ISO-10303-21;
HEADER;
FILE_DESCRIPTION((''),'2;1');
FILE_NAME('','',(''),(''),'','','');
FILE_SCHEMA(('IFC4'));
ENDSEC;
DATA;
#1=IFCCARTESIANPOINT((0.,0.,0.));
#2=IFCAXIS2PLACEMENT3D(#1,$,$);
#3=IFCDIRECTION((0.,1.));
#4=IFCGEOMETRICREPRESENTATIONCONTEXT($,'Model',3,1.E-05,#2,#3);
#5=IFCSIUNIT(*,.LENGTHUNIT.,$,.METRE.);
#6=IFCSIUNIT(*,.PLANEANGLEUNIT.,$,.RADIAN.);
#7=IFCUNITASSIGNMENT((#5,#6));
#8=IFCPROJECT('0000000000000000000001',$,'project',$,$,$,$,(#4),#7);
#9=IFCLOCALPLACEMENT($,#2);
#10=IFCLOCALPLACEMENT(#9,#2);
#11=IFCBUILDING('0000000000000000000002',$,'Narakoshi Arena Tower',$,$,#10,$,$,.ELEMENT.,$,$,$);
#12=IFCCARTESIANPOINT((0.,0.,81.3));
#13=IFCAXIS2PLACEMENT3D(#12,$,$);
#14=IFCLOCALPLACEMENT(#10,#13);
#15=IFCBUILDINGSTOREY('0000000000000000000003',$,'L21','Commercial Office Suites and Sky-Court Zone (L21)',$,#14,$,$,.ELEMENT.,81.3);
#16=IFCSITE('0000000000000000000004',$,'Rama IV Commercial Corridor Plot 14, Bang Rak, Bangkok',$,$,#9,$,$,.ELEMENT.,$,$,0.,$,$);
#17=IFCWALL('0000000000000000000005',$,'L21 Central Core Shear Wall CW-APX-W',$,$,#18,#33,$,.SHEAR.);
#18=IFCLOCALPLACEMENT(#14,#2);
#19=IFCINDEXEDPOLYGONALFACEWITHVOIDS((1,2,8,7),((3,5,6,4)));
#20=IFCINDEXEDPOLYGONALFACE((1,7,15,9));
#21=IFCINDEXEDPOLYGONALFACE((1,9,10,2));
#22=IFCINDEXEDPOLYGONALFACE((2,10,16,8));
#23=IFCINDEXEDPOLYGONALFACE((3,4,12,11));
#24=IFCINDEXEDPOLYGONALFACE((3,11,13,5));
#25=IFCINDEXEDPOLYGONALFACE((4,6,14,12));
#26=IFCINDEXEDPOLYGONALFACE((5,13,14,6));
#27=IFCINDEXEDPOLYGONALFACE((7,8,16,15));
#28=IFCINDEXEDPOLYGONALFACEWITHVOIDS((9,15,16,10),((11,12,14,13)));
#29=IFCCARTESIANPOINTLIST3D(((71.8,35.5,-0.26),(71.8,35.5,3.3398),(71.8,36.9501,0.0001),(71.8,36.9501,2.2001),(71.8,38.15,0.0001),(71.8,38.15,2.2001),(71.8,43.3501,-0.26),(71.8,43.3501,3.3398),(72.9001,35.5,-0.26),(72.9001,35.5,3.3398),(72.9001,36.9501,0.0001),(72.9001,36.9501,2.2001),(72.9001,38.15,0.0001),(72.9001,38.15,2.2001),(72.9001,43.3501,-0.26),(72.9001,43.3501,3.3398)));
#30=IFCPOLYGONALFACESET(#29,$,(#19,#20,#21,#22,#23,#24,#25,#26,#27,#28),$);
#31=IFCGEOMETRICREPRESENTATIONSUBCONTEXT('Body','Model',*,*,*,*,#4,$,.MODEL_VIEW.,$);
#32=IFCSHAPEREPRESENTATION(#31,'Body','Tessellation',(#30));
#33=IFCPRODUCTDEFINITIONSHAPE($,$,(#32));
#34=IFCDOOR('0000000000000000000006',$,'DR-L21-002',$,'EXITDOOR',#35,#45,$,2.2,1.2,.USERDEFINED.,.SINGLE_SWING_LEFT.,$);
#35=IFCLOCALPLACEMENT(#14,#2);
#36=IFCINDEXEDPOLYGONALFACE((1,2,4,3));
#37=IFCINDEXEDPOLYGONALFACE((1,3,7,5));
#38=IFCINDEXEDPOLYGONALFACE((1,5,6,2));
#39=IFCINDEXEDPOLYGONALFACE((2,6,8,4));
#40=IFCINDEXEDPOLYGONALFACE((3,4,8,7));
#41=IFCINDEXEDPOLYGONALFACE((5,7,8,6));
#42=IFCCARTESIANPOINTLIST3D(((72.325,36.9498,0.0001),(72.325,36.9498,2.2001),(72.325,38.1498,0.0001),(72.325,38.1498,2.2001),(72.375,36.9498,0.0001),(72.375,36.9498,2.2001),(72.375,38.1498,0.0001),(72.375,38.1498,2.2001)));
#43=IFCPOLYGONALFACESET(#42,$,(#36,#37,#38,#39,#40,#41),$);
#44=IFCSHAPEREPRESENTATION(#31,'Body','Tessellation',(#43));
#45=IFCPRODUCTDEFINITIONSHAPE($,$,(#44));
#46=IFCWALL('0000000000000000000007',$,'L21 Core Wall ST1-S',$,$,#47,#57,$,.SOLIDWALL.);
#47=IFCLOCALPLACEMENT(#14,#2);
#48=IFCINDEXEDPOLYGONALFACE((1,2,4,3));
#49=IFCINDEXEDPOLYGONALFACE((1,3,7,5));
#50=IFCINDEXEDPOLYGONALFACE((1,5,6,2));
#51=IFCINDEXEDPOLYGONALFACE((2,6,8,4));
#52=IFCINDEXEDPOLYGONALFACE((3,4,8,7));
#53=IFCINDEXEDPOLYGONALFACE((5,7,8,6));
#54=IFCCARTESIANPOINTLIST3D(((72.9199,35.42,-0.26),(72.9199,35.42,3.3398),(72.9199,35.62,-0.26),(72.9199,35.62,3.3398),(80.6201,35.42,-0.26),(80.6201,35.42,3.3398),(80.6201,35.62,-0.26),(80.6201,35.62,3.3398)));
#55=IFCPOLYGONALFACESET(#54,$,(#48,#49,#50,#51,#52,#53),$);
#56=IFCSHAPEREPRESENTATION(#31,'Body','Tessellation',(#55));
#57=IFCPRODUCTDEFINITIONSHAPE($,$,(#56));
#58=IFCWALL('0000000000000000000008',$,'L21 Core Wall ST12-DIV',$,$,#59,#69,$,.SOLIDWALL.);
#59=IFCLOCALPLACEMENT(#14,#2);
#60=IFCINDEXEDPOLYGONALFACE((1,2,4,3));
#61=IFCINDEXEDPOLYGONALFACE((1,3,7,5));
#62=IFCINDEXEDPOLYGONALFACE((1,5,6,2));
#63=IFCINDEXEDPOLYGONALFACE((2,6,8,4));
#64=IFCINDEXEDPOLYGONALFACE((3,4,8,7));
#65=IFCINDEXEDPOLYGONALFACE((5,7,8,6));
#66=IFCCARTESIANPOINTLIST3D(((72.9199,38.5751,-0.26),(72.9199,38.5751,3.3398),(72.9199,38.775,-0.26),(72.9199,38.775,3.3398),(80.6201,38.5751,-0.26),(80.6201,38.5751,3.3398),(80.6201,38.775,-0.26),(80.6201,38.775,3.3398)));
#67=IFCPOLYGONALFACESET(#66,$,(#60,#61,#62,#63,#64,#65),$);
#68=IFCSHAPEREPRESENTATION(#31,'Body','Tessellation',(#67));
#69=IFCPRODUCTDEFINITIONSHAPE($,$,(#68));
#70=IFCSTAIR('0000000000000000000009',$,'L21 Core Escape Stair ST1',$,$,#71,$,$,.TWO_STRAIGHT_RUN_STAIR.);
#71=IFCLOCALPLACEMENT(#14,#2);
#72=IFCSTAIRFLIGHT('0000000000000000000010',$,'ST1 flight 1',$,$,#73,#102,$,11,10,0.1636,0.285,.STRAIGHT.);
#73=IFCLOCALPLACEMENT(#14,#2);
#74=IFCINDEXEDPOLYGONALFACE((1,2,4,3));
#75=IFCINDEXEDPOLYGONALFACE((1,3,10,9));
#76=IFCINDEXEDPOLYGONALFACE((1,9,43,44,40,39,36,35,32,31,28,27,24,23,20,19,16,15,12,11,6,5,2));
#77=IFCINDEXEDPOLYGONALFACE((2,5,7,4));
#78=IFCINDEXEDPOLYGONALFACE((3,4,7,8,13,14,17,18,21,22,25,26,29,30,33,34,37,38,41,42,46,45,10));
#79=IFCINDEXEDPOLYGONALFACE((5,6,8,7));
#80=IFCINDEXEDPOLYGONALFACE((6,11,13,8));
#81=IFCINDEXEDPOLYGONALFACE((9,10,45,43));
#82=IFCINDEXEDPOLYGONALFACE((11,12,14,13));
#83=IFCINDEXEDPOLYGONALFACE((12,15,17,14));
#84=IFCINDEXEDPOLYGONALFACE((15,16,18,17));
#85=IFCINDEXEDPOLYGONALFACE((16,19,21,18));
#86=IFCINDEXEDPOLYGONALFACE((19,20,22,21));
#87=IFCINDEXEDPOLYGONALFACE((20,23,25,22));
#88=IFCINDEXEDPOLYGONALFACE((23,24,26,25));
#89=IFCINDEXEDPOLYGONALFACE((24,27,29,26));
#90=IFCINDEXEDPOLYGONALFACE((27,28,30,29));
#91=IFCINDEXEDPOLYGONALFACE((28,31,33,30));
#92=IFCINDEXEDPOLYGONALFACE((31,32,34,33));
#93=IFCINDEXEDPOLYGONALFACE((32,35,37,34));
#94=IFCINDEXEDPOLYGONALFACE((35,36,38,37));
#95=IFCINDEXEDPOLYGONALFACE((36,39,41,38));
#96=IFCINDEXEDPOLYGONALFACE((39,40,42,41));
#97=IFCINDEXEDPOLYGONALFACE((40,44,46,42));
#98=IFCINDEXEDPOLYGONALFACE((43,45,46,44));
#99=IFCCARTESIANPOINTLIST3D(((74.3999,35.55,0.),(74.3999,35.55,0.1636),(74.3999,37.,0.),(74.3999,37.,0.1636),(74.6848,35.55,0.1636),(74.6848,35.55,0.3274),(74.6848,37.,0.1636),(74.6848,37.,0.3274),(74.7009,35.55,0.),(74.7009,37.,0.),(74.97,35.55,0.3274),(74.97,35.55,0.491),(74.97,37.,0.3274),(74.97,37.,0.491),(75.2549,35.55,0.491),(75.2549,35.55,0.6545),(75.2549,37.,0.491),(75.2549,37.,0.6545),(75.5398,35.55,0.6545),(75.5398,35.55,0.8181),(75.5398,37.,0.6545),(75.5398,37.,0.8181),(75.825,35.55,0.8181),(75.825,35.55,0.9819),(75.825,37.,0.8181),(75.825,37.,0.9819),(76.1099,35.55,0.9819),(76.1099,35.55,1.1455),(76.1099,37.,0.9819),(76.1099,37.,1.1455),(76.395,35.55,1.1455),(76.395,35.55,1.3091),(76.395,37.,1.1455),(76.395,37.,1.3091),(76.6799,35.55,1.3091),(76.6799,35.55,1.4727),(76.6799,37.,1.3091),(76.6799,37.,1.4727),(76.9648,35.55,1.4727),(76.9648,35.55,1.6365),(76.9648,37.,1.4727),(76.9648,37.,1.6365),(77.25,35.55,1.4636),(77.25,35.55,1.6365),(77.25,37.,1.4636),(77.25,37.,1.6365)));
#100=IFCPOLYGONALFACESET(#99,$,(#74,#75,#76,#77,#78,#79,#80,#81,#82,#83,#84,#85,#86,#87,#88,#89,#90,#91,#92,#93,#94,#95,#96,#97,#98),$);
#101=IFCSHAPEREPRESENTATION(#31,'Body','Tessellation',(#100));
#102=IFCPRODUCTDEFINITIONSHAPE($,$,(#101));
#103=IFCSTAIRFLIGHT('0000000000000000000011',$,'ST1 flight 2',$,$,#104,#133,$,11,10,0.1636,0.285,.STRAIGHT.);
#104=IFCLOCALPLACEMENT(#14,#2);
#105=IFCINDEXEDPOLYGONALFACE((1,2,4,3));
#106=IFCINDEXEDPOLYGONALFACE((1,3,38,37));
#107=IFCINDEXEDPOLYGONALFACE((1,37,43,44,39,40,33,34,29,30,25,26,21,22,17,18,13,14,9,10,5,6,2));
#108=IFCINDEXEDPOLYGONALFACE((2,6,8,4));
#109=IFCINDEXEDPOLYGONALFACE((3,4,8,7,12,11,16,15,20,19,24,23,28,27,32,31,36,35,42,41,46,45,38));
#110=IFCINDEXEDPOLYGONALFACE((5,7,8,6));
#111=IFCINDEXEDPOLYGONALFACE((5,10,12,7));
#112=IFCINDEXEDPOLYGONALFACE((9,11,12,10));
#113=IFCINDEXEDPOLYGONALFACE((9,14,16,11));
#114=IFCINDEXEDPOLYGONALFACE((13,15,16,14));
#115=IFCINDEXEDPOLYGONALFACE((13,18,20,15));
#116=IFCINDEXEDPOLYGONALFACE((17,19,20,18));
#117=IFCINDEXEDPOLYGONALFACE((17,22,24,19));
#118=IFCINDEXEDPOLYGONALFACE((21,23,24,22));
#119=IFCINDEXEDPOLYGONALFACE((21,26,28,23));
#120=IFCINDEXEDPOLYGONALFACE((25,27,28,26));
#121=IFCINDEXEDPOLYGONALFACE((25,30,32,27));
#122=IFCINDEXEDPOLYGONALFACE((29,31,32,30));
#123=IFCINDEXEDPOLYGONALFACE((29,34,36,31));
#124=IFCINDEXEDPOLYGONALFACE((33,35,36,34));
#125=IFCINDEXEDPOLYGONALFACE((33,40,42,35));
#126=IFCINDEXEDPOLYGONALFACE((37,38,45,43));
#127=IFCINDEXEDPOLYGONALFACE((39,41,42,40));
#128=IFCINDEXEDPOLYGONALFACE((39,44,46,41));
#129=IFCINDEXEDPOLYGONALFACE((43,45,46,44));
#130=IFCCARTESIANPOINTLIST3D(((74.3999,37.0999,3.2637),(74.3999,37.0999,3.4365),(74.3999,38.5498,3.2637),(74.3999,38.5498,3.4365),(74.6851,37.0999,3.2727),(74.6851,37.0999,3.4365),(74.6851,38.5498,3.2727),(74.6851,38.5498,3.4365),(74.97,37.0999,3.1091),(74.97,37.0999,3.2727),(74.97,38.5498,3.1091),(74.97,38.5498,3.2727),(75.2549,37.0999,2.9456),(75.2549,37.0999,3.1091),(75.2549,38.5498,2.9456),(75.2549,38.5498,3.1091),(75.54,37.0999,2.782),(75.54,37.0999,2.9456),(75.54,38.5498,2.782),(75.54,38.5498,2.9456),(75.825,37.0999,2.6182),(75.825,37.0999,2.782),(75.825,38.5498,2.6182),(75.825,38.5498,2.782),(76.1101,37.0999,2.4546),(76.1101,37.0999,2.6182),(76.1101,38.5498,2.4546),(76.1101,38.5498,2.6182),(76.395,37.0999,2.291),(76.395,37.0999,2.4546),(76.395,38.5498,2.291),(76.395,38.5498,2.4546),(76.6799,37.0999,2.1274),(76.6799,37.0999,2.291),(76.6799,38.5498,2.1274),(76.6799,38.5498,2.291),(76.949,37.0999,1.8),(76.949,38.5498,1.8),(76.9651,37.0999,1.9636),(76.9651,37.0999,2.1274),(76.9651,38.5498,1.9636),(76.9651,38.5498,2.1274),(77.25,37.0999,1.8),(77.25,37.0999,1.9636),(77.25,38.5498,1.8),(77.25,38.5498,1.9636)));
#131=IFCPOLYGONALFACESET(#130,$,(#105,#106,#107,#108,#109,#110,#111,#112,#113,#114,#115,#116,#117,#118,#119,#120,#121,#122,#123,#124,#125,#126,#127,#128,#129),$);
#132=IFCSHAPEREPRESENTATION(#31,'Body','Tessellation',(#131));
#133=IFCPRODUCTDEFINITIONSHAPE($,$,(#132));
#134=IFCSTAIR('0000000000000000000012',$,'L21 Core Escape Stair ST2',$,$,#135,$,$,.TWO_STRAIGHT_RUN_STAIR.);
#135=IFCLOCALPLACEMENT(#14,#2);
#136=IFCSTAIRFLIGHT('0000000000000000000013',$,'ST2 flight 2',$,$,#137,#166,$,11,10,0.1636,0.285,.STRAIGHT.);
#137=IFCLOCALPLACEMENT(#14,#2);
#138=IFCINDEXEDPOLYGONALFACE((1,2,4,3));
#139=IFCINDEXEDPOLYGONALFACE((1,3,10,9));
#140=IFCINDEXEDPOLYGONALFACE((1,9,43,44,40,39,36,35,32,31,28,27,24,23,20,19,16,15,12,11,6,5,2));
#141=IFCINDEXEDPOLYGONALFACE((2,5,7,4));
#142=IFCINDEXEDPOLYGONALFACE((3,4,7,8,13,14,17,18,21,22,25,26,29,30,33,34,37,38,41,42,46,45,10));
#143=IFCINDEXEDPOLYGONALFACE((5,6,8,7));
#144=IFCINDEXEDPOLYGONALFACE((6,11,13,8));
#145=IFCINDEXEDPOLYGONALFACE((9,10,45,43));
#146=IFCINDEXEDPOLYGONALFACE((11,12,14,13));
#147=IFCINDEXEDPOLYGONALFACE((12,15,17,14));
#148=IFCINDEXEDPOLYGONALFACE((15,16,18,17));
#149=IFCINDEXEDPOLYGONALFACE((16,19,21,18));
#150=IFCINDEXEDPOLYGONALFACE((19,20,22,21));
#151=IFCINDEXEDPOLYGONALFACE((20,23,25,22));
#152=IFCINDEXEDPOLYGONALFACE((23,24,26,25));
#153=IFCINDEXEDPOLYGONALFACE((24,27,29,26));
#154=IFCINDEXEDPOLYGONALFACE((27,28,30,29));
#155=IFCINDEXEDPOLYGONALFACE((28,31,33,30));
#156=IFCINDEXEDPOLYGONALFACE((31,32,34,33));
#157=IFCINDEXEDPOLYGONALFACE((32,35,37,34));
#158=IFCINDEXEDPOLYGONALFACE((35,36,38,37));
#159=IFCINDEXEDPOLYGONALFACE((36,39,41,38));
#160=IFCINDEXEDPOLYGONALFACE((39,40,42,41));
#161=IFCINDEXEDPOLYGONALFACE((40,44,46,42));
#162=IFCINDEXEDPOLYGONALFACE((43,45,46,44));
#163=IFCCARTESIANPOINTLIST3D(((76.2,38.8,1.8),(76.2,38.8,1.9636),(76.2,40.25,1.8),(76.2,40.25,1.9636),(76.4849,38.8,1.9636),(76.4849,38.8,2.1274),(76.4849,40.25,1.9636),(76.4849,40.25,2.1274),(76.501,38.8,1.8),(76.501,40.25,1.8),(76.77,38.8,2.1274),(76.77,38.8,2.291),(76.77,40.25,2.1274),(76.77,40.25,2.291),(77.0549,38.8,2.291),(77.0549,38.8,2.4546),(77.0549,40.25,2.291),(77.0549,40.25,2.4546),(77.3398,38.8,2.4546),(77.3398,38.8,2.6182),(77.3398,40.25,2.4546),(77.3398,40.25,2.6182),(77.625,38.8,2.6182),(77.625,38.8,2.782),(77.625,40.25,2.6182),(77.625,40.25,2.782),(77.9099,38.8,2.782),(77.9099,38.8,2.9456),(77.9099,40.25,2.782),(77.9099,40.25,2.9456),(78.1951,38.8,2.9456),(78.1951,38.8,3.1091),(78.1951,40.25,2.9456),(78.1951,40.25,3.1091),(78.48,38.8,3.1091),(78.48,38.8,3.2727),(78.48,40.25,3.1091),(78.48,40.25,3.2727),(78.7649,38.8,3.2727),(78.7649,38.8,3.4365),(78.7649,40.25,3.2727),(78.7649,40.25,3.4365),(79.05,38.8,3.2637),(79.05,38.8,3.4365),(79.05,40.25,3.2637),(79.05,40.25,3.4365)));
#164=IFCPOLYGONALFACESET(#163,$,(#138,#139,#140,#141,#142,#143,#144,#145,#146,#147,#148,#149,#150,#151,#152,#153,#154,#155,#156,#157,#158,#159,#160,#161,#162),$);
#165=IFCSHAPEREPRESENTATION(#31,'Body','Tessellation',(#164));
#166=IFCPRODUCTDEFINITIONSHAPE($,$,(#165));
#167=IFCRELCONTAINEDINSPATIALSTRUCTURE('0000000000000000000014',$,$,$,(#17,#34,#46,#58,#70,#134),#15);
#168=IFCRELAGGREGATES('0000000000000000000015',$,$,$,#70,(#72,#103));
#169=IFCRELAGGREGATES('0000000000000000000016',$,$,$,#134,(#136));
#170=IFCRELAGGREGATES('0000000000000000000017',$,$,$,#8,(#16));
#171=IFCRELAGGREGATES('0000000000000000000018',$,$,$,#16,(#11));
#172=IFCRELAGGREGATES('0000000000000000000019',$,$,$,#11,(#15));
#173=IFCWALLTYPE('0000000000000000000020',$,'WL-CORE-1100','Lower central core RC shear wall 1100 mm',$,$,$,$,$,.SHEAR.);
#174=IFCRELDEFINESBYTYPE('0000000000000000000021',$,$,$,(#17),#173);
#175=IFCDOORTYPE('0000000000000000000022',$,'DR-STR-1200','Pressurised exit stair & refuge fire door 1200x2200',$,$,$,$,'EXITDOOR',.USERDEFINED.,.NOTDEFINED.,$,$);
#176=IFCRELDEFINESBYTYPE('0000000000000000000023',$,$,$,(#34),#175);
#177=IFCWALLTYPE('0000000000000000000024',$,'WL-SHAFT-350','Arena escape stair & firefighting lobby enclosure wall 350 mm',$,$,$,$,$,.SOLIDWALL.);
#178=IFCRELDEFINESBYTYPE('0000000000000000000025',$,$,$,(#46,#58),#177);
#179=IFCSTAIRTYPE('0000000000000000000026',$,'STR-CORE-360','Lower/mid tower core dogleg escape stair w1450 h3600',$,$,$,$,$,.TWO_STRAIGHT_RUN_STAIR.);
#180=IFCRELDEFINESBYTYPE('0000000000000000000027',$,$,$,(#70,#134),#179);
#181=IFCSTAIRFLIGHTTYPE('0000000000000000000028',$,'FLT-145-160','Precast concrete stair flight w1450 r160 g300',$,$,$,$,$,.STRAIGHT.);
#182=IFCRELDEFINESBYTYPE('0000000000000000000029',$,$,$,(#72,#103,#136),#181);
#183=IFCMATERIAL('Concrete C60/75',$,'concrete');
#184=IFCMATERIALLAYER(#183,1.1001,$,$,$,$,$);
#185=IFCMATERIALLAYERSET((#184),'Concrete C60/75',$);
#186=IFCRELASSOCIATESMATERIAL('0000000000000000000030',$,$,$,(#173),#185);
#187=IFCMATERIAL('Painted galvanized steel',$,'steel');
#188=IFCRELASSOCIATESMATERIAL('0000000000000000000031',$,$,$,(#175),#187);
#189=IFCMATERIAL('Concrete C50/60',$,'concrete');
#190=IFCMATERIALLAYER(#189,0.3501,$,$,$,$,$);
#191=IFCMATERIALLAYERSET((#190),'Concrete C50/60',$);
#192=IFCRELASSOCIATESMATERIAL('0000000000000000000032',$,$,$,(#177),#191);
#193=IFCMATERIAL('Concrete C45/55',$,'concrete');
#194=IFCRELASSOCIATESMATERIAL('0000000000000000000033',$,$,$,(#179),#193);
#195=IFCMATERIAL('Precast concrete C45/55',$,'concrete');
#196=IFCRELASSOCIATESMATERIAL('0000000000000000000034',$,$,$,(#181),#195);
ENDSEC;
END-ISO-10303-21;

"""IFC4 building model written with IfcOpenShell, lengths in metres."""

from ifc_helpers import new_model, si_unit, direction, frame, frame_2d, origin, place, context, subcontext, project, spatial, polyline, rectangle, outline, extrude, material, layer, layer_set, type_object, element, fill, aggregate, save


model = new_model("IFC4")

# Units and contexts
model_context = context("Model", 3, precision=1e-05, world=origin(), true_north=direction((0.0, 1.0)))
body_context = subcontext(model_context, "Body", "Model", "MODEL_VIEW")
ifc_project = project(units=[si_unit("LENGTHUNIT", "METRE"), si_unit("PLANEANGLEUNIT", "RADIAN")], contexts=[model_context])

# Site, building, storey
site_placement = place(None, origin())
site = spatial("IfcSite", under=ifc_project, at=site_placement, Name="Rama IV Commercial Corridor Plot 14, Bang Rak, Bangkok", CompositionType="ELEMENT", RefElevation=0.0)
building_placement = place(site_placement, origin())
building = spatial("IfcBuilding", under=site, at=building_placement, Name="Narakoshi Arena Tower", CompositionType="ELEMENT")
storey_placement = place(building_placement, frame((0.0, 0.0, 81.3)))
storey = spatial("IfcBuildingStorey", under=building, at=storey_placement, Name="L21", Description="Commercial Office Suites and Sky-Court Zone (L21)", CompositionType="ELEMENT", Elevation=81.3)

# Wall, opening, door
ifc_material_1 = material(Name="Concrete C60/75", Category="concrete")
ifc_layer_1 = layer(ifc_material_1, 1.1001)
ifc_layer_set_1 = layer_set([ifc_layer_1], Name="Concrete C60/75")
wall_type_1 = type_object("IfcWallType", Name="WL-CORE-1100", Description="Lower central core RC shear wall 1100 mm", PredefinedType="SHEAR", material=ifc_layer_set_1)
wall_placement = place(storey_placement, frame((72.3501, 35.5, -0.26), z_axis=(0.0, 0.0, 1.0), x_axis=(0.0, 1.0, 0.0)))
wall = element("IfcWall", 1, at=wall_placement, inside=storey, type_object=wall_type_1, Name="L21 Central Core Shear Wall CW-APX-W", PredefinedType="SHEAR", context=body_context, shape_type="SweptSolid", body=[
    extrude(rectangle(XDim=7.8501, YDim=1.1001, at=frame_2d((3.925, 0.0))), origin(), (0.0, 0.0, 1.0), 3.5999),
])
opening_placement = place(wall_placement, frame((1.45, 0.0, 0.26)))
opening = element("IfcOpeningElement", 2, at=opening_placement, cuts=wall, PredefinedType="OPENING", context=body_context, shape_type="SweptSolid", body=[
    extrude(rectangle(XDim=1.2, YDim=2.2, at=frame_2d((0.6001, 1.1001))), frame((0.0, 0.5601, 0.0), z_axis=(0.0, -1.0, 0.0), x_axis=(1.0, 0.0, 0.0)), (0.0, 0.0, 1.0), 1.1201),
])
ifc_material_2 = material(Name="Painted galvanized steel", Category="steel")
door_type = type_object("IfcDoorType", Name="DR-STR-1200", Description="Pressurised exit stair & refuge fire door 1200x2200", ElementType="EXITDOOR", OperationType="NOTDEFINED", PredefinedType="USERDEFINED", material=ifc_material_2)
door_placement = place(opening_placement, frame((1.2, 0.0, 0.0), z_axis=(0.0, 0.0, 1.0), x_axis=(-1.0, 0.0, 0.0)))
door = element("IfcDoor", 3, at=door_placement, inside=storey, type_object=door_type, Name="DR-L21-002", ObjectType="EXITDOOR", OperationType="SINGLE_SWING_LEFT", OverallHeight=2.2, OverallWidth=1.2, PredefinedType="USERDEFINED", context=body_context, shape_type="SweptSolid", body=[
    extrude(rectangle(XDim=1.2, YDim=2.2, at=frame_2d((0.6001, 1.1001))), frame((0.0, 0.0249, 0.0), z_axis=(0.0, -1.0, 0.0), x_axis=(1.0, 0.0, 0.0)), (0.0, 0.0, 1.0), 0.05),
])
fill(opening, door)

# Walls
ifc_material_3 = material(Name="Concrete C50/60", Category="concrete")
ifc_layer_2 = layer(ifc_material_3, 0.3501)
ifc_layer_set_2 = layer_set([ifc_layer_2], Name="Concrete C50/60")
wall_type_2 = type_object("IfcWallType", Name="WL-SHAFT-350", Description="Arena escape stair & firefighting lobby enclosure wall 350 mm", PredefinedType="SOLIDWALL", material=ifc_layer_set_2)
for number, where, z_axis, x_axis, name in (
    (4, (72.9199, 35.52, -0.26), (0.0, 0.0, 1.0), (1.0, 0.0, 0.0), "L21 Core Wall ST1-S"),
    (5, (72.9199, 38.675, -0.26), (0.0, 0.0, 1.0), (1.0, 0.0, 0.0), "L21 Core Wall ST12-DIV"),
):
    element("IfcWall", number, at=place(storey_placement, frame(where, z_axis=z_axis, x_axis=x_axis)), inside=storey, type_object=wall_type_2, Name=name, PredefinedType="SOLIDWALL", context=body_context, shape_type="SweptSolid", body=[
        extrude(rectangle(XDim=7.7002, YDim=0.2, at=frame_2d((3.8501, 0.0))), origin(), (0.0, 0.0, 1.0), 3.5999),
    ])

# Stair, stair flights
ifc_material_4 = material(Name="Concrete C45/55", Category="concrete")
stair_type = type_object("IfcStairType", Name="STR-CORE-360", Description="Lower/mid tower core dogleg escape stair w1450 h3600", PredefinedType="TWO_STRAIGHT_RUN_STAIR", material=ifc_material_4)
stair_1_placement = place(storey_placement, origin())
stair_1 = element("IfcStair", 6, at=stair_1_placement, inside=storey, type_object=stair_type, Name="L21 Core Escape Stair ST1", PredefinedType="TWO_STRAIGHT_RUN_STAIR")
ifc_material_5 = material(Name="Precast concrete C45/55", Category="concrete")
stair_flight_type = type_object("IfcStairFlightType", Name="FLT-145-160", Description="Precast concrete stair flight w1450 r160 g300", PredefinedType="STRAIGHT", material=ifc_material_5)
stair_flight_1_placement = place(storey_placement, frame((74.3999, 36.2749, 0.0), z_axis=(0.0, 0.0, 1.0), x_axis=(1.0, 0.0, 0.0)))
stair_flight_1 = element("IfcStairFlight", 7, at=stair_flight_1_placement, type_object=stair_flight_type, Name="ST1 flight 1", NumberOfRisers=11, NumberOfTreads=10, PredefinedType="STRAIGHT", RiserHeight=0.1636, TreadLength=0.285, context=body_context, shape_type="SweptSolid", body=[
    extrude(outline(polyline([(0.0, 0.0), (0.0, 0.1636), (0.2849, 0.1636), (0.2849, 0.3274), (0.5701, 0.3274), (0.5701, 0.491), (0.855, 0.491), (0.855, 0.6545), (1.1399, 0.6545), (1.1399, 0.8181), (1.425, 0.8181), (1.425, 0.9819), (1.71, 0.9819), (1.71, 1.1455), (1.9951, 1.1455), (1.9951, 1.3091), (2.28, 1.3091), (2.28, 1.4727), (2.5649, 1.4727), (2.5649, 1.6365), (2.8501, 1.6365), (2.8501, 1.8), (2.8501, 1.4636), (0.301, 0.0), (0.0, 0.0)])), frame((0.0, 0.7251, 0.0), z_axis=(0.0, -1.0, 0.0), x_axis=(1.0, 0.0, 0.0)), (0.0, 0.0, 1.0), 1.45),
])
stair_flight_2_placement = place(storey_placement, frame((77.25, 37.825, 1.8), z_axis=(0.0, 0.0, 1.0), x_axis=(-1.0, 0.0, 0.0)))
stair_flight_2 = element("IfcStairFlight", 8, at=stair_flight_2_placement, type_object=stair_flight_type, Name="ST1 flight 2", NumberOfRisers=11, NumberOfTreads=10, PredefinedType="STRAIGHT", RiserHeight=0.1636, TreadLength=0.285, context=body_context, shape_type="SweptSolid", body=[
    extrude(outline(polyline([(0.0, 0.0), (0.0, 0.1636), (0.2849, 0.1636), (0.2849, 0.3274), (0.5701, 0.3274), (0.5701, 0.491), (0.855, 0.491), (0.855, 0.6545), (1.1399, 0.6545), (1.1399, 0.8181), (1.425, 0.8181), (1.425, 0.9819), (1.71, 0.9819), (1.71, 1.1455), (1.9951, 1.1455), (1.9951, 1.3091), (2.28, 1.3091), (2.28, 1.4727), (2.5649, 1.4727), (2.5649, 1.6365), (2.8501, 1.6365), (2.8501, 1.8), (2.8501, 1.4636), (0.301, 0.0), (0.0, 0.0)])), frame((0.0, 0.7251, 0.0), z_axis=(0.0, -1.0, 0.0), x_axis=(1.0, 0.0, 0.0)), (0.0, 0.0, 1.0), 1.45),
])
aggregate(stair_1, [stair_flight_1, stair_flight_2])

# Stair, stair flight
stair_2_placement = place(storey_placement, origin())
stair_2 = element("IfcStair", 9, at=stair_2_placement, inside=storey, type_object=stair_type, Name="L21 Core Escape Stair ST2", PredefinedType="TWO_STRAIGHT_RUN_STAIR")
stair_flight_3_placement = place(storey_placement, frame((76.2, 39.5249, 1.8), z_axis=(0.0, 0.0, 1.0), x_axis=(1.0, 0.0, 0.0)))
stair_flight_3 = element("IfcStairFlight", 10, at=stair_flight_3_placement, type_object=stair_flight_type, Name="ST2 flight 2", NumberOfRisers=11, NumberOfTreads=10, PredefinedType="STRAIGHT", RiserHeight=0.1636, TreadLength=0.285, context=body_context, shape_type="SweptSolid", body=[
    extrude(outline(polyline([(0.0, 0.0), (0.0, 0.1636), (0.2849, 0.1636), (0.2849, 0.3274), (0.5701, 0.3274), (0.5701, 0.491), (0.855, 0.491), (0.855, 0.6545), (1.1399, 0.6545), (1.1399, 0.8181), (1.425, 0.8181), (1.425, 0.9819), (1.71, 0.9819), (1.71, 1.1455), (1.9951, 1.1455), (1.9951, 1.3091), (2.28, 1.3091), (2.28, 1.4727), (2.5649, 1.4727), (2.5649, 1.6365), (2.8501, 1.6365), (2.8501, 1.8), (2.8501, 1.4636), (0.301, 0.0), (0.0, 0.0)])), frame((0.0, 0.7251, 0.0), z_axis=(0.0, -1.0, 0.0), x_axis=(1.0, 0.0, 0.0)), (0.0, 0.0, 1.0), 1.45),
])
aggregate(stair_2, [stair_flight_3])

save(model, "model.ifc")
